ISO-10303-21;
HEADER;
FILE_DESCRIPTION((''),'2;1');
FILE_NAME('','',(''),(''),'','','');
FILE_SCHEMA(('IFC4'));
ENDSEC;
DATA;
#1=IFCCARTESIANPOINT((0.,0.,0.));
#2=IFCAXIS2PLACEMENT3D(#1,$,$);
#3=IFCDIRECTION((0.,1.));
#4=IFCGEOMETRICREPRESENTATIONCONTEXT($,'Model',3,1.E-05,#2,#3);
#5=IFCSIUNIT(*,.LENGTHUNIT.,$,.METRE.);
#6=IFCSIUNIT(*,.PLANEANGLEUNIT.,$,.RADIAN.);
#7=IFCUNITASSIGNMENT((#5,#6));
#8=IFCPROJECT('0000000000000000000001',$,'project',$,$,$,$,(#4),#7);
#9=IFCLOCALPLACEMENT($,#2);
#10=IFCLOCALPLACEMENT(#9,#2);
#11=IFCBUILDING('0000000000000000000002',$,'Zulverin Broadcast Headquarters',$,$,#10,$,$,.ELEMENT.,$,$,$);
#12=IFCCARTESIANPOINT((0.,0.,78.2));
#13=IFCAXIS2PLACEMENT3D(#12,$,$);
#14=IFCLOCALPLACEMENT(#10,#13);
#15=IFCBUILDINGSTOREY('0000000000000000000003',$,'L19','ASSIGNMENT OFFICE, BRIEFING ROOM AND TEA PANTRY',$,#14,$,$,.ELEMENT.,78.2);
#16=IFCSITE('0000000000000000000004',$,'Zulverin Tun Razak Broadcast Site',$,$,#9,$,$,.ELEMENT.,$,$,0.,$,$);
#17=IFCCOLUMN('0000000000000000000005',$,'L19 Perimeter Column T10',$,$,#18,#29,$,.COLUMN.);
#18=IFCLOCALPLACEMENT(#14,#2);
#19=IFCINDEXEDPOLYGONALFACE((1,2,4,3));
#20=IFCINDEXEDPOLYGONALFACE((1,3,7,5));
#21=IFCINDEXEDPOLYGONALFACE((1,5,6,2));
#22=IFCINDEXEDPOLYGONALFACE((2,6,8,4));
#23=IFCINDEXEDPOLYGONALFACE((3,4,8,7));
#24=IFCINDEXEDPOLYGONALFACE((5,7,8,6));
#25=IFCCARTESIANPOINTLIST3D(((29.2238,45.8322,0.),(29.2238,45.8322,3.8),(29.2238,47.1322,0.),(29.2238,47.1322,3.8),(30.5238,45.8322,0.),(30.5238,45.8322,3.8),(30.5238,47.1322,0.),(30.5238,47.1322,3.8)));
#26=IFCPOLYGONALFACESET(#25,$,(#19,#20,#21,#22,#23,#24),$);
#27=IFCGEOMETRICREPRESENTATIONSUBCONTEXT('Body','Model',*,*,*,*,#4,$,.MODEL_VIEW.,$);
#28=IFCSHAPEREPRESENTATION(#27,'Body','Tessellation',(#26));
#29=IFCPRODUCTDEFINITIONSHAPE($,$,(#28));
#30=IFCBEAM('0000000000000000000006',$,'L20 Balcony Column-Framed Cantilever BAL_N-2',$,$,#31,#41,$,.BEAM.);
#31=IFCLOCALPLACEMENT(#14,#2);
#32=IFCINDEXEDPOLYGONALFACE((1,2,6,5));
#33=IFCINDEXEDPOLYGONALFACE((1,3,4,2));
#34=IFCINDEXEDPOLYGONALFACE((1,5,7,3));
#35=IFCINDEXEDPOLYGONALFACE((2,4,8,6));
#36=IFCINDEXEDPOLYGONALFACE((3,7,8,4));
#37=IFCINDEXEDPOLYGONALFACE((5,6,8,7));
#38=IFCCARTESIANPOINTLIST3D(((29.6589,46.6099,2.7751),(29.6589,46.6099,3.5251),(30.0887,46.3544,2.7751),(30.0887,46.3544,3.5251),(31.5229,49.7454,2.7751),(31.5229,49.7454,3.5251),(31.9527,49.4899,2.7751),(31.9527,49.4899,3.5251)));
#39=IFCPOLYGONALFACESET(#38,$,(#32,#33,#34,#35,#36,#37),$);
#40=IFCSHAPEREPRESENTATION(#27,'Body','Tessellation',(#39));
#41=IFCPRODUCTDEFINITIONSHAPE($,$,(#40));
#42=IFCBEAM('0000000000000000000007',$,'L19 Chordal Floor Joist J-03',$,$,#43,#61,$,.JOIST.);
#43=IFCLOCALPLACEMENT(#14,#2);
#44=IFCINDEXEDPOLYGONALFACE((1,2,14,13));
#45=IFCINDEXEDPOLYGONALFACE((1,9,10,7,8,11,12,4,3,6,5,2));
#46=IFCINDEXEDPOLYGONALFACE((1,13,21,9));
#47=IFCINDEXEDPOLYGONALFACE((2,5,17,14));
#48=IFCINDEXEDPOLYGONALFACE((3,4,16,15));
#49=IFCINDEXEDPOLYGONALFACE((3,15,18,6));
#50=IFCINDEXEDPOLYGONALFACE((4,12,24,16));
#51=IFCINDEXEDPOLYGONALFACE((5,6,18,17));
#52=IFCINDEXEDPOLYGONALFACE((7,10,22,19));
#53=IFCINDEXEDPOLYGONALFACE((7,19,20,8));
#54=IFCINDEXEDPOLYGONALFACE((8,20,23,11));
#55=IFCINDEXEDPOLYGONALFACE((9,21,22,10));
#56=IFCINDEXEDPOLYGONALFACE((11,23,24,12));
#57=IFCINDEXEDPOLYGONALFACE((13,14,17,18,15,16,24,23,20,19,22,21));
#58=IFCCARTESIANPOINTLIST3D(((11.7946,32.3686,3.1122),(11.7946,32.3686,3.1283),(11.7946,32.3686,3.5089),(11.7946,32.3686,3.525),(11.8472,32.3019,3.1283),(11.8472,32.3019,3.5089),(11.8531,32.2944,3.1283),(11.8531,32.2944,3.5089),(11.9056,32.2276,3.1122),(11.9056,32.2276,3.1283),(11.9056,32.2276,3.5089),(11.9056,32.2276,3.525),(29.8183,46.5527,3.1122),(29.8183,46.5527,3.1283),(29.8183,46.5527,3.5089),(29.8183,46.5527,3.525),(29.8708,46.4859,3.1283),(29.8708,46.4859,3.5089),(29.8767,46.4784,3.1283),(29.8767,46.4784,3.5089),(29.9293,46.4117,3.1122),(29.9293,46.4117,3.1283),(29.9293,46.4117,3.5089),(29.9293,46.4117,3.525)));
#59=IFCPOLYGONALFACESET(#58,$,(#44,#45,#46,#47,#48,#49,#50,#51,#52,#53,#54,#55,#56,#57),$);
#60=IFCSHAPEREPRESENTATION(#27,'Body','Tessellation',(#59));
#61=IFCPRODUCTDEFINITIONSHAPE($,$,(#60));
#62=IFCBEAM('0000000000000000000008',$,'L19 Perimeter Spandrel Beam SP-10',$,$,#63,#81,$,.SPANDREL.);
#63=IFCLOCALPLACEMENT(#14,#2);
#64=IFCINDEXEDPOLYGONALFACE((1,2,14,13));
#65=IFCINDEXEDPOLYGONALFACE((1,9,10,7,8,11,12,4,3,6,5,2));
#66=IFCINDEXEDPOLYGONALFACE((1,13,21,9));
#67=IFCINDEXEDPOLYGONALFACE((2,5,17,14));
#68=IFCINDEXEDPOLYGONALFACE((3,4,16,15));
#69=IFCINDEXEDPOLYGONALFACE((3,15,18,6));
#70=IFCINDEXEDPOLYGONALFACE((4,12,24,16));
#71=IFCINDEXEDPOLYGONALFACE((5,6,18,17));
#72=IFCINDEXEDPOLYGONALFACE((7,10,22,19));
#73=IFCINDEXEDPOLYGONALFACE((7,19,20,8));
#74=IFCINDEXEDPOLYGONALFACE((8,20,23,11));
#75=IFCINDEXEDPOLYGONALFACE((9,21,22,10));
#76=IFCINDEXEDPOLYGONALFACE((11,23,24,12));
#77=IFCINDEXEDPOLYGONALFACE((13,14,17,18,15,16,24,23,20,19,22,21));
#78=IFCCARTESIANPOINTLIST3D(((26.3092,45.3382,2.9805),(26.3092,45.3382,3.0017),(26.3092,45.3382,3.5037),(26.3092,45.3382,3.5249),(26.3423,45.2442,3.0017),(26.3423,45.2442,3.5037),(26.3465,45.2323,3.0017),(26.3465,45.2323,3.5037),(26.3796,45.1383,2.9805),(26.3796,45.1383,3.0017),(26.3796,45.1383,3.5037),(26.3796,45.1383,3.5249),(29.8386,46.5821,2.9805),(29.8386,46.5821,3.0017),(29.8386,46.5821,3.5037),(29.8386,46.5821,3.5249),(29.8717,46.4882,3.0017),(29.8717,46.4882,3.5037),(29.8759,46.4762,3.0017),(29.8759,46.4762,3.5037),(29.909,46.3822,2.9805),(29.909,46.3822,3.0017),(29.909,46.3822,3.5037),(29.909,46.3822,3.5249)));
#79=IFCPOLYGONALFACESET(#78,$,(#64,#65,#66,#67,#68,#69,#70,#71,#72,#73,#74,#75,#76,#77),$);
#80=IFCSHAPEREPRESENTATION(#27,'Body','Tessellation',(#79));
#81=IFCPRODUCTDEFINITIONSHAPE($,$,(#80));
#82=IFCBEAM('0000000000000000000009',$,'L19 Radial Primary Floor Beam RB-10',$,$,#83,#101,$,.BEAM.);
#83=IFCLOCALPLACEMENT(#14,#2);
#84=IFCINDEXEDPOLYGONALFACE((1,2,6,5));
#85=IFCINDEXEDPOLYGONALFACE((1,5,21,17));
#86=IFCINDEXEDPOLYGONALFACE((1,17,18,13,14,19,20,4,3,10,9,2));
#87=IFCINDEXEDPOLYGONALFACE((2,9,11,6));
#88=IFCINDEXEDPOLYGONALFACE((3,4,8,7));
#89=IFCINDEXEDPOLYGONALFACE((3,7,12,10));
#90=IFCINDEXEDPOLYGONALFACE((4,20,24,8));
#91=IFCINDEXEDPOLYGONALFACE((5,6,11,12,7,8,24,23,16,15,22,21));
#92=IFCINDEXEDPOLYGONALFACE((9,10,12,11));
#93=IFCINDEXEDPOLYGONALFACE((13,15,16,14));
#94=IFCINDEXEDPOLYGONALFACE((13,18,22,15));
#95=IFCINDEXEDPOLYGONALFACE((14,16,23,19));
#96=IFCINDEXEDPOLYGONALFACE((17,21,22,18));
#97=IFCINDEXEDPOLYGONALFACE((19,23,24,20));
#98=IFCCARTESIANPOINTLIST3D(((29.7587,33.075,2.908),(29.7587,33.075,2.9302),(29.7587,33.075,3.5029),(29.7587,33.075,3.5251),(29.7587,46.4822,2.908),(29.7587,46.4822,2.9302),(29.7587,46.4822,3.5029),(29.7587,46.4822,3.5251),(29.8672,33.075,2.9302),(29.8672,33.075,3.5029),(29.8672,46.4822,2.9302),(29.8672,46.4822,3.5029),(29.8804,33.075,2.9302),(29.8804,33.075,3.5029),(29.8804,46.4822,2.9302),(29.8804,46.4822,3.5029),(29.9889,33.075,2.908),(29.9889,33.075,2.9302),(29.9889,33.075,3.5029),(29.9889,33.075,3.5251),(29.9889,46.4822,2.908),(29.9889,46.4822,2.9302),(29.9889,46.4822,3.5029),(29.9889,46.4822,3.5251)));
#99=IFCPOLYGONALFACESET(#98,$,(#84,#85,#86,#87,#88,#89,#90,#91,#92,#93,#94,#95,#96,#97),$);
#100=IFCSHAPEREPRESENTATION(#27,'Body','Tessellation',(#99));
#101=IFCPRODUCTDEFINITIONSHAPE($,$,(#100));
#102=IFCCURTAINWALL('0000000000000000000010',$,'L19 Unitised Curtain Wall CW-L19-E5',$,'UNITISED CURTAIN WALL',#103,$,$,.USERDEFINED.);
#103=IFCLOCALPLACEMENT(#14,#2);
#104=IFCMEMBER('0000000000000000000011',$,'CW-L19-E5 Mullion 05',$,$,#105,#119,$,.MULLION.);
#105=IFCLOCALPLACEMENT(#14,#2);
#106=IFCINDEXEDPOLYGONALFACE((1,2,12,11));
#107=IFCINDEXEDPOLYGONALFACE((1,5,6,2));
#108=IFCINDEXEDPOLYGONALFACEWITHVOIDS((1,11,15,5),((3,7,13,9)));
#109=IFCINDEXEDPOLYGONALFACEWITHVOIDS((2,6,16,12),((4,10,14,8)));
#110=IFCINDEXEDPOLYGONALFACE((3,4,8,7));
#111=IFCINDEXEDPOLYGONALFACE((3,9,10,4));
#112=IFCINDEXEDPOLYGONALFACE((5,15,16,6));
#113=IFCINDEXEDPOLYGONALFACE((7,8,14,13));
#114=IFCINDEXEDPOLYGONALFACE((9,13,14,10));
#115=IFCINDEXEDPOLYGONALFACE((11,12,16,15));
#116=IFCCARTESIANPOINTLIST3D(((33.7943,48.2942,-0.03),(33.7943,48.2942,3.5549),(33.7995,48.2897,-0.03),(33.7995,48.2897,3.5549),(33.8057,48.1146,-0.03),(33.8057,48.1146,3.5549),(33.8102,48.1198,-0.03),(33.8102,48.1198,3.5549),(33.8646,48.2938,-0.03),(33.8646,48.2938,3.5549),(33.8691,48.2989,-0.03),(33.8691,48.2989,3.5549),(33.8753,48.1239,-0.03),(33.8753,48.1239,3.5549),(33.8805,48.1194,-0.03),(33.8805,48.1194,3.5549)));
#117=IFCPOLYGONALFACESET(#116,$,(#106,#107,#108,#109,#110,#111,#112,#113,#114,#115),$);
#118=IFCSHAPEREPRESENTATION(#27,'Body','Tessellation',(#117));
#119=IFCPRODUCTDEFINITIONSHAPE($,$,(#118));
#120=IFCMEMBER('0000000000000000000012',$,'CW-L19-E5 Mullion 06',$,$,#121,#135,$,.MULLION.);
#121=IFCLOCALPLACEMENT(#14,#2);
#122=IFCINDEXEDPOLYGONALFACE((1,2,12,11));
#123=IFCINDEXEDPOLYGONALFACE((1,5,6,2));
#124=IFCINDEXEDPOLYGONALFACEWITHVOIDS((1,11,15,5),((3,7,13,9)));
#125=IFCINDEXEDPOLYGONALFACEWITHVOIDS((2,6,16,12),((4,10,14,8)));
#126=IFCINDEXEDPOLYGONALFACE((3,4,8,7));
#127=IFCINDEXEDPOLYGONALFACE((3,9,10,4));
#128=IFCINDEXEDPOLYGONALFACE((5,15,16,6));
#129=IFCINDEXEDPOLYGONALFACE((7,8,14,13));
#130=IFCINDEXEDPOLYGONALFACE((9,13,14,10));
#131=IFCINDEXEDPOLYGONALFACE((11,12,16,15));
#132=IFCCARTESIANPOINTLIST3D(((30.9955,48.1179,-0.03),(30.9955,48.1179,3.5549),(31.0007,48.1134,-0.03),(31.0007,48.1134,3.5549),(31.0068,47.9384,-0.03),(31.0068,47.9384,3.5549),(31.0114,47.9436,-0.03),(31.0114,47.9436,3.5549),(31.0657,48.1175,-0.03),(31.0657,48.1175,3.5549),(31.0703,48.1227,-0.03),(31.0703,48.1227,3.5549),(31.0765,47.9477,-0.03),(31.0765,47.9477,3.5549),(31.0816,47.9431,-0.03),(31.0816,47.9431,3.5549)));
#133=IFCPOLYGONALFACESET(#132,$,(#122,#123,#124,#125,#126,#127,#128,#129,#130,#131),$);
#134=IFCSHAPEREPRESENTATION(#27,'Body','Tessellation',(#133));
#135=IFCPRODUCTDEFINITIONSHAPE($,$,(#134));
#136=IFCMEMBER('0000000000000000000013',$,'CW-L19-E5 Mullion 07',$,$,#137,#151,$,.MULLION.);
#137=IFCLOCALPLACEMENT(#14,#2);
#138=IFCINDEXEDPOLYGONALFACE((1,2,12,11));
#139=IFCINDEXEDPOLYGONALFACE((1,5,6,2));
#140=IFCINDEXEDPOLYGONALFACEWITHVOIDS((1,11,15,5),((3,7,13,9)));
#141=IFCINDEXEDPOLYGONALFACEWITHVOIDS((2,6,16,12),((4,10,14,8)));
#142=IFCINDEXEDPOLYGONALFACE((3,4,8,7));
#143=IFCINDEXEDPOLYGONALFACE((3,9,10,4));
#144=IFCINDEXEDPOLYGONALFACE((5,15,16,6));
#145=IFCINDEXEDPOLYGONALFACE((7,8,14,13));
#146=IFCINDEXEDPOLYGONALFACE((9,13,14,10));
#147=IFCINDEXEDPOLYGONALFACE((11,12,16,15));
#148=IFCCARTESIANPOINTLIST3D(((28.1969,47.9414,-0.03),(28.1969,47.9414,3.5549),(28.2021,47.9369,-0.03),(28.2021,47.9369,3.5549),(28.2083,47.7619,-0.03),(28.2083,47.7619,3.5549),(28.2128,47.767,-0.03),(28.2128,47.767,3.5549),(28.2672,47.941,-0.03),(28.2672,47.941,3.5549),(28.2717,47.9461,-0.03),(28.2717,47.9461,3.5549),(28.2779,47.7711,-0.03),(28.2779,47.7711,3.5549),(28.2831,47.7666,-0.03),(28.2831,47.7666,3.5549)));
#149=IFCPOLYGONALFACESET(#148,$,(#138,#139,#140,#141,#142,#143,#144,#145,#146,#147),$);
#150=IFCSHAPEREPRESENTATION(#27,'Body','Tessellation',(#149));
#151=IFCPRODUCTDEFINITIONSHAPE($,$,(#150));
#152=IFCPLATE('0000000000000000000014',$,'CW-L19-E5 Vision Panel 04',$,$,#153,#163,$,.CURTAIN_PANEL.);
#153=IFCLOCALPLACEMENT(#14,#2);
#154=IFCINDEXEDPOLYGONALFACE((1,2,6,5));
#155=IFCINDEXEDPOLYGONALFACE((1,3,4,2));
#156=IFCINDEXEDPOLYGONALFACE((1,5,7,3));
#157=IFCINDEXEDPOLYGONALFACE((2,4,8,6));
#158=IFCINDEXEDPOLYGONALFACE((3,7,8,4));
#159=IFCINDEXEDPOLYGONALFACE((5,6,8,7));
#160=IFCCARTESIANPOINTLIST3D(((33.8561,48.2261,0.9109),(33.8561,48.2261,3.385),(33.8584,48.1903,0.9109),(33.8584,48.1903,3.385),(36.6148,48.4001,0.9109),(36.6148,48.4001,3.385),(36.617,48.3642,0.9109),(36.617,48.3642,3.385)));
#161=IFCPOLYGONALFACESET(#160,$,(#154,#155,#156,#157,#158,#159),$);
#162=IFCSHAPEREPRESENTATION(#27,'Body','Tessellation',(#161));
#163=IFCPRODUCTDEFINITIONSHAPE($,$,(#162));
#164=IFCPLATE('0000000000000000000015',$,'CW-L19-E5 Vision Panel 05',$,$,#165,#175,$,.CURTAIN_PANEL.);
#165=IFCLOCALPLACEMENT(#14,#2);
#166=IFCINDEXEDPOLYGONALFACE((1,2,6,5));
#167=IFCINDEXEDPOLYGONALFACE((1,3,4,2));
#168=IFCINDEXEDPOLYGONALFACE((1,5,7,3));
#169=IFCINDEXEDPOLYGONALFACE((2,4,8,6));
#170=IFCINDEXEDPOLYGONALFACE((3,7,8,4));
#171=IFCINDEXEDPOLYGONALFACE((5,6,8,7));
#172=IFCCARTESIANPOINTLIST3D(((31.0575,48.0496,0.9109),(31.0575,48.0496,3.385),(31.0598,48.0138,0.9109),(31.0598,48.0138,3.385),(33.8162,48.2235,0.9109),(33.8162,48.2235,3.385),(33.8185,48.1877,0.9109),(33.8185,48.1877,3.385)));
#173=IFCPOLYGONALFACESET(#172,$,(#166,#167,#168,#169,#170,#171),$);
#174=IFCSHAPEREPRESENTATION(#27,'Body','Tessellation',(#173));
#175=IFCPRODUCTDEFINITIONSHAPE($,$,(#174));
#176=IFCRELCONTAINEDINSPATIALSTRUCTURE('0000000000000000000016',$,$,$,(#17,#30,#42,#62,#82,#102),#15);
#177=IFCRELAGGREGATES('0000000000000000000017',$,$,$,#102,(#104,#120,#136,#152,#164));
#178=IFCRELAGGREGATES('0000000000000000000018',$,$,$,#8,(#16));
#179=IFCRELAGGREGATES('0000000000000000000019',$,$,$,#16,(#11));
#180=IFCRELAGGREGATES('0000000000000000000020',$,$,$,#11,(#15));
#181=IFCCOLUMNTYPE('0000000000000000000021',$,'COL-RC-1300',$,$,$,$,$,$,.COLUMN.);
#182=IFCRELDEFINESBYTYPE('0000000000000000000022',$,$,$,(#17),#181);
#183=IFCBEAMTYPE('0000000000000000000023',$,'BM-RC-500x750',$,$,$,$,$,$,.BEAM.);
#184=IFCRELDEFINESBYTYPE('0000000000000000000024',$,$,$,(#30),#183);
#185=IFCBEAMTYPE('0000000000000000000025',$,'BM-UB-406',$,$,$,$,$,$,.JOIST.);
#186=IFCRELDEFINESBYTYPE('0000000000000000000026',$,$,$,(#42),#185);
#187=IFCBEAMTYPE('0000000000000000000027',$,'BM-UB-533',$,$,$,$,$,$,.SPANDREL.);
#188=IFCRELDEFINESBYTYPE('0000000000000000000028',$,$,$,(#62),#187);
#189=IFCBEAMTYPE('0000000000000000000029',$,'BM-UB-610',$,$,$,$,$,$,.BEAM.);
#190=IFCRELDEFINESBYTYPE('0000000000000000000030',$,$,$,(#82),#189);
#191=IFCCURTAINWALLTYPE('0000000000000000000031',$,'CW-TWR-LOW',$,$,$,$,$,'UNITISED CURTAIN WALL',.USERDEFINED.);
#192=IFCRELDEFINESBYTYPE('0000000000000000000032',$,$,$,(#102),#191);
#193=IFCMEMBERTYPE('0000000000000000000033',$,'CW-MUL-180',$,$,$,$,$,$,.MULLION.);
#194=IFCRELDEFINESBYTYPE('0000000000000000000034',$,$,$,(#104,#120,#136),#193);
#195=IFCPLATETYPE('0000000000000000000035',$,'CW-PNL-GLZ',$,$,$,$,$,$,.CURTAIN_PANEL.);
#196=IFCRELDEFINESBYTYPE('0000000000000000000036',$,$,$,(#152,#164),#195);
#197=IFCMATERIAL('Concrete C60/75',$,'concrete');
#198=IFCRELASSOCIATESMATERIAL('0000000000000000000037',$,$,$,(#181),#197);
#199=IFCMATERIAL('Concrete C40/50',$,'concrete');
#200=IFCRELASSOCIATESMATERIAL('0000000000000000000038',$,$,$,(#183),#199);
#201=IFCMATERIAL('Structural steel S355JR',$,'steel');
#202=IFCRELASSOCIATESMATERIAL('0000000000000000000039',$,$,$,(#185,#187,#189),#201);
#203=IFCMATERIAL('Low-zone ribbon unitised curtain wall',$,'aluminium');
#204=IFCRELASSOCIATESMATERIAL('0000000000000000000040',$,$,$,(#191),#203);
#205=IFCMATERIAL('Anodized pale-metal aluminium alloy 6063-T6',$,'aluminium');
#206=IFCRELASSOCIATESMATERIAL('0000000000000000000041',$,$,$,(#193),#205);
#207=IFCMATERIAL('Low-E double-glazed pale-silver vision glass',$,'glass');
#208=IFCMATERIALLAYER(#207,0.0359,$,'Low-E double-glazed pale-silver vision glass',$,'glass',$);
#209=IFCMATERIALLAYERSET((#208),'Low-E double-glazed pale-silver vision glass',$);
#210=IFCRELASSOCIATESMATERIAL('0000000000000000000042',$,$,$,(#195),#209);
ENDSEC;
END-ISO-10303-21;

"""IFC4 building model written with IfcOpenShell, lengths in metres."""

from ifc_helpers import new_model, si_unit, direction, frame, origin, origin_2d, place, context, subcontext, project, spatial, rectangle, hollow_rectangle, i_section, extrude, material, layer, layer_set, material_profile, profile_set, type_object, element, aggregate, save


model = new_model("IFC4")

# Units and contexts
model_context = context("Model", 3, precision=1e-05, world=origin(), true_north=direction((0.0, 1.0)))
body_context = subcontext(model_context, "Body", "Model", "MODEL_VIEW")
ifc_project = project(units=[si_unit("LENGTHUNIT", "METRE"), si_unit("PLANEANGLEUNIT", "RADIAN")], contexts=[model_context])

# Site, building, storey
site_placement = place(None, origin())
site = spatial("IfcSite", under=ifc_project, at=site_placement, Name="Zulverin Tun Razak Broadcast Site", CompositionType="ELEMENT", RefElevation=0.0)
building_placement = place(site_placement, origin())
building = spatial("IfcBuilding", under=site, at=building_placement, Name="Zulverin Broadcast Headquarters", CompositionType="ELEMENT")
storey_placement = place(building_placement, frame((0.0, 0.0, 78.2)))
storey = spatial("IfcBuildingStorey", under=building, at=storey_placement, Name="L19", Description="ASSIGNMENT OFFICE, BRIEFING ROOM AND TEA PANTRY", CompositionType="ELEMENT", Elevation=78.2)

# Column
ifc_material_1 = material(Name="Concrete C60/75", Category="concrete")
ifc_material_profile_1 = material_profile(ifc_material_1, rectangle(XDim=1.3, YDim=1.3, at=origin_2d()), Name="Concrete C60/75", Category="concrete")
ifc_profile_set_1 = profile_set([ifc_material_profile_1], Name="Concrete C60/75")
column_type = type_object("IfcColumnType", Name="COL-RC-1300", PredefinedType="COLUMN", material=ifc_profile_set_1)
column_placement = place(storey_placement, frame((29.8738, 46.4822, 0.0), z_axis=(0.0, 0.0, 1.0), x_axis=(1.0, 0.0, 0.0)))
element("IfcColumn", 1, at=column_placement, inside=storey, type_object=column_type, Name="L19 Perimeter Column T10", PredefinedType="COLUMN", context=body_context, shape_type="SweptSolid", body=[
    extrude(rectangle(XDim=1.3, YDim=1.3, at=origin_2d()), origin(), (0.0, 0.0, 1.0), 3.8),
])

# Beams
ifc_material_2 = material(Name="Concrete C40/50", Category="concrete")
ifc_material_profile_2 = material_profile(ifc_material_2, rectangle(XDim=0.5, YDim=0.75, at=origin_2d()), Name="Concrete C40/50", Category="concrete")
ifc_profile_set_2 = profile_set([ifc_material_profile_2], Name="Concrete C40/50")
beam_type_1 = type_object("IfcBeamType", Name="BM-RC-500x750", PredefinedType="BEAM", material=ifc_profile_set_2)
beam_1_placement = place(storey_placement, frame((29.8738, 46.4822, 3.1501), z_axis=(0.511007, 0.859576, 0.0), x_axis=(-0.859576, 0.511007, 0.0)))
element("IfcBeam", 2, at=beam_1_placement, inside=storey, type_object=beam_type_1, Name="L20 Balcony Column-Framed Cantilever BAL_N-2", PredefinedType="BEAM", context=body_context, shape_type="SweptSolid", body=[
    extrude(rectangle(XDim=0.5, YDim=0.75, at=origin_2d()), origin(), (0.0, 0.0, 1.0), 3.6477),
])
ifc_material_3 = material(Name="Structural steel S355JR", Category="steel")
ifc_material_profile_3 = material_profile(ifc_material_3, i_section(OverallWidth=0.1794, OverallDepth=0.4128, WebThickness=0.0095, FlangeThickness=0.0161, at=origin_2d()), Name="Structural steel S355JR", Category="steel")
ifc_profile_set_3 = profile_set([ifc_material_profile_3], Name="Structural steel S355JR")
beam_type_2 = type_object("IfcBeamType", Name="BM-UB-406", PredefinedType="JOIST", material=ifc_profile_set_3)
beam_2_placement = place(storey_placement, frame((29.8738, 46.4822, 3.3186), z_axis=(-0.785839, -0.618431, 0.0), x_axis=(0.618431, -0.785839, 0.0)))
element("IfcBeam", 3, at=beam_2_placement, inside=storey, type_object=beam_type_2, Name="L19 Chordal Floor Joist J-03", PredefinedType="JOIST", context=body_context, shape_type="SweptSolid", body=[
    extrude(i_section(OverallWidth=0.1794, OverallDepth=0.4128, WebThickness=0.0095, FlangeThickness=0.0161, at=origin_2d()), origin(), (0.0, 0.0, 1.0), 22.9355),
])
ifc_material_profile_4 = material_profile(ifc_material_3, i_section(OverallWidth=0.2119, OverallDepth=0.5444, WebThickness=0.0127, FlangeThickness=0.0212, at=origin_2d()), Name="Structural steel S355JR", Category="steel")
ifc_profile_set_4 = profile_set([ifc_material_profile_4], Name="Structural steel S355JR")
beam_type_3 = type_object("IfcBeamType", Name="BM-UB-533", PredefinedType="SPANDREL", material=ifc_profile_set_4)
beam_3_placement = place(storey_placement, frame((29.8738, 46.4822, 3.2527), z_axis=(-0.943136, -0.332407, 0.0), x_axis=(0.332407, -0.943136, 0.0)))
element("IfcBeam", 4, at=beam_3_placement, inside=storey, type_object=beam_type_3, Name="L19 Perimeter Spandrel Beam SP-10", PredefinedType="SPANDREL", context=body_context, shape_type="SweptSolid", body=[
    extrude(i_section(OverallWidth=0.2119, OverallDepth=0.5444, WebThickness=0.0127, FlangeThickness=0.0212, at=origin_2d()), origin(), (0.0, 0.0, 1.0), 3.7422),
])
ifc_material_profile_5 = material_profile(ifc_material_3, i_section(OverallWidth=0.2302, OverallDepth=0.6172, WebThickness=0.0132, FlangeThickness=0.0222, at=origin_2d()), Name="Structural steel S355JR", Category="steel")
ifc_profile_set_5 = profile_set([ifc_material_profile_5], Name="Structural steel S355JR")
beam_type_4 = type_object("IfcBeamType", Name="BM-UB-610", PredefinedType="BEAM", material=ifc_profile_set_5)
beam_4_placement = place(storey_placement, frame((29.8738, 33.075, 3.2166), z_axis=(0.0, 1.0, 0.0), x_axis=(-1.0, 0.0, 0.0)))
element("IfcBeam", 5, at=beam_4_placement, inside=storey, type_object=beam_type_4, Name="L19 Radial Primary Floor Beam RB-10", PredefinedType="BEAM", context=body_context, shape_type="SweptSolid", body=[
    extrude(i_section(OverallWidth=0.2302, OverallDepth=0.6172, WebThickness=0.0132, FlangeThickness=0.0222, at=origin_2d()), origin(), (0.0, 0.0, 1.0), 13.4072),
])

# Curtain wall, members, plates
ifc_material_4 = material(Name="Low-zone ribbon unitised curtain wall", Category="aluminium")
curtain_wall_type = type_object("IfcCurtainWallType", Name="CW-TWR-LOW", ElementType="UNITISED CURTAIN WALL", PredefinedType="USERDEFINED", material=ifc_material_4)
curtain_wall_placement = place(storey_placement, origin())
curtain_wall = element("IfcCurtainWall", 6, at=curtain_wall_placement, inside=storey, type_object=curtain_wall_type, Name="L19 Unitised Curtain Wall CW-L19-E5", ObjectType="UNITISED CURTAIN WALL", PredefinedType="USERDEFINED")
ifc_material_5 = material(Name="Anodized pale-metal aluminium alloy 6063-T6", Category="aluminium")
ifc_material_profile_6 = material_profile(ifc_material_5, hollow_rectangle(XDim=0.075, YDim=0.1799, WallThickness=0.0049, at=origin_2d()), Name="Anodized pale-metal aluminium alloy 6063-T6", Category="aluminium")
ifc_profile_set_6 = profile_set([ifc_material_profile_6], Name="Anodized pale-metal aluminium alloy 6063-T6")
member_type = type_object("IfcMemberType", Name="CW-MUL-180", PredefinedType="MULLION", material=ifc_profile_set_6)
member_1_placement = place(storey_placement, frame((33.8374, 48.2068, -0.03), z_axis=(0.0, 0.0, 1.0), x_axis=(-0.998018, -0.062935, 0.0)))
member_1 = element("IfcMember", 7, at=member_1_placement, type_object=member_type, Name="CW-L19-E5 Mullion 05", PredefinedType="MULLION", context=body_context, shape_type="SweptSolid", body=[
    extrude(hollow_rectangle(XDim=0.075, YDim=0.1799, WallThickness=0.0049, at=origin_2d()), origin(), (0.0, 0.0, 1.0), 3.585),
])
member_2_placement = place(storey_placement, frame((31.0386, 48.0305, -0.03), z_axis=(0.0, 0.0, 1.0), x_axis=(-0.998018, -0.062935, 0.0)))
member_2 = element("IfcMember", 8, at=member_2_placement, type_object=member_type, Name="CW-L19-E5 Mullion 06", PredefinedType="MULLION", context=body_context, shape_type="SweptSolid", body=[
    extrude(hollow_rectangle(XDim=0.075, YDim=0.1799, WallThickness=0.0049, at=origin_2d()), origin(), (0.0, 0.0, 1.0), 3.585),
])
member_3_placement = place(storey_placement, frame((28.24, 47.854, -0.03), z_axis=(0.0, 0.0, 1.0), x_axis=(-0.998018, -0.062935, 0.0)))
member_3 = element("IfcMember", 9, at=member_3_placement, type_object=member_type, Name="CW-L19-E5 Mullion 07", PredefinedType="MULLION", context=body_context, shape_type="SweptSolid", body=[
    extrude(hollow_rectangle(XDim=0.075, YDim=0.1799, WallThickness=0.0049, at=origin_2d()), origin(), (0.0, 0.0, 1.0), 3.585),
])
ifc_material_6 = material(Name="Low-E double-glazed pale-silver vision glass", Category="glass")
ifc_layer_1 = layer(ifc_material_6, 0.0359, Name="Low-E double-glazed pale-silver vision glass", Category="glass")
ifc_layer_set_1 = layer_set([ifc_layer_1], Name="Low-E double-glazed pale-silver vision glass")
plate_type_1 = type_object("IfcPlateType", Name="CW-PNL-GLZ", PredefinedType="CURTAIN_PANEL", material=ifc_layer_set_1)
plate_1_placement = place(storey_placement, frame((35.2366, 48.2952, 0.9109), z_axis=(0.0, 0.0, 1.0), x_axis=(-0.998018, -0.062935, 0.0)))
plate_1 = element("IfcPlate", 10, at=plate_1_placement, type_object=plate_type_1, Name="CW-L19-E5 Vision Panel 04", PredefinedType="CURTAIN_PANEL", context=body_context, shape_type="SweptSolid", body=[
    extrude(rectangle(XDim=2.7642, YDim=0.0359, at=origin_2d()), origin(), (0.0, 0.0, 1.0), 2.4741),
])
plate_2_placement = place(storey_placement, frame((32.438, 48.1187, 0.9109), z_axis=(0.0, 0.0, 1.0), x_axis=(-0.998018, -0.062935, 0.0)))
plate_2 = element("IfcPlate", 11, at=plate_2_placement, type_object=plate_type_1, Name="CW-L19-E5 Vision Panel 05", PredefinedType="CURTAIN_PANEL", context=body_context, shape_type="SweptSolid", body=[
    extrude(rectangle(XDim=2.7642, YDim=0.0359, at=origin_2d()), origin(), (0.0, 0.0, 1.0), 2.4741),
])
aggregate(curtain_wall, [member_1, member_2, member_3, plate_1, plate_2])

save(model, "model.ifc")
